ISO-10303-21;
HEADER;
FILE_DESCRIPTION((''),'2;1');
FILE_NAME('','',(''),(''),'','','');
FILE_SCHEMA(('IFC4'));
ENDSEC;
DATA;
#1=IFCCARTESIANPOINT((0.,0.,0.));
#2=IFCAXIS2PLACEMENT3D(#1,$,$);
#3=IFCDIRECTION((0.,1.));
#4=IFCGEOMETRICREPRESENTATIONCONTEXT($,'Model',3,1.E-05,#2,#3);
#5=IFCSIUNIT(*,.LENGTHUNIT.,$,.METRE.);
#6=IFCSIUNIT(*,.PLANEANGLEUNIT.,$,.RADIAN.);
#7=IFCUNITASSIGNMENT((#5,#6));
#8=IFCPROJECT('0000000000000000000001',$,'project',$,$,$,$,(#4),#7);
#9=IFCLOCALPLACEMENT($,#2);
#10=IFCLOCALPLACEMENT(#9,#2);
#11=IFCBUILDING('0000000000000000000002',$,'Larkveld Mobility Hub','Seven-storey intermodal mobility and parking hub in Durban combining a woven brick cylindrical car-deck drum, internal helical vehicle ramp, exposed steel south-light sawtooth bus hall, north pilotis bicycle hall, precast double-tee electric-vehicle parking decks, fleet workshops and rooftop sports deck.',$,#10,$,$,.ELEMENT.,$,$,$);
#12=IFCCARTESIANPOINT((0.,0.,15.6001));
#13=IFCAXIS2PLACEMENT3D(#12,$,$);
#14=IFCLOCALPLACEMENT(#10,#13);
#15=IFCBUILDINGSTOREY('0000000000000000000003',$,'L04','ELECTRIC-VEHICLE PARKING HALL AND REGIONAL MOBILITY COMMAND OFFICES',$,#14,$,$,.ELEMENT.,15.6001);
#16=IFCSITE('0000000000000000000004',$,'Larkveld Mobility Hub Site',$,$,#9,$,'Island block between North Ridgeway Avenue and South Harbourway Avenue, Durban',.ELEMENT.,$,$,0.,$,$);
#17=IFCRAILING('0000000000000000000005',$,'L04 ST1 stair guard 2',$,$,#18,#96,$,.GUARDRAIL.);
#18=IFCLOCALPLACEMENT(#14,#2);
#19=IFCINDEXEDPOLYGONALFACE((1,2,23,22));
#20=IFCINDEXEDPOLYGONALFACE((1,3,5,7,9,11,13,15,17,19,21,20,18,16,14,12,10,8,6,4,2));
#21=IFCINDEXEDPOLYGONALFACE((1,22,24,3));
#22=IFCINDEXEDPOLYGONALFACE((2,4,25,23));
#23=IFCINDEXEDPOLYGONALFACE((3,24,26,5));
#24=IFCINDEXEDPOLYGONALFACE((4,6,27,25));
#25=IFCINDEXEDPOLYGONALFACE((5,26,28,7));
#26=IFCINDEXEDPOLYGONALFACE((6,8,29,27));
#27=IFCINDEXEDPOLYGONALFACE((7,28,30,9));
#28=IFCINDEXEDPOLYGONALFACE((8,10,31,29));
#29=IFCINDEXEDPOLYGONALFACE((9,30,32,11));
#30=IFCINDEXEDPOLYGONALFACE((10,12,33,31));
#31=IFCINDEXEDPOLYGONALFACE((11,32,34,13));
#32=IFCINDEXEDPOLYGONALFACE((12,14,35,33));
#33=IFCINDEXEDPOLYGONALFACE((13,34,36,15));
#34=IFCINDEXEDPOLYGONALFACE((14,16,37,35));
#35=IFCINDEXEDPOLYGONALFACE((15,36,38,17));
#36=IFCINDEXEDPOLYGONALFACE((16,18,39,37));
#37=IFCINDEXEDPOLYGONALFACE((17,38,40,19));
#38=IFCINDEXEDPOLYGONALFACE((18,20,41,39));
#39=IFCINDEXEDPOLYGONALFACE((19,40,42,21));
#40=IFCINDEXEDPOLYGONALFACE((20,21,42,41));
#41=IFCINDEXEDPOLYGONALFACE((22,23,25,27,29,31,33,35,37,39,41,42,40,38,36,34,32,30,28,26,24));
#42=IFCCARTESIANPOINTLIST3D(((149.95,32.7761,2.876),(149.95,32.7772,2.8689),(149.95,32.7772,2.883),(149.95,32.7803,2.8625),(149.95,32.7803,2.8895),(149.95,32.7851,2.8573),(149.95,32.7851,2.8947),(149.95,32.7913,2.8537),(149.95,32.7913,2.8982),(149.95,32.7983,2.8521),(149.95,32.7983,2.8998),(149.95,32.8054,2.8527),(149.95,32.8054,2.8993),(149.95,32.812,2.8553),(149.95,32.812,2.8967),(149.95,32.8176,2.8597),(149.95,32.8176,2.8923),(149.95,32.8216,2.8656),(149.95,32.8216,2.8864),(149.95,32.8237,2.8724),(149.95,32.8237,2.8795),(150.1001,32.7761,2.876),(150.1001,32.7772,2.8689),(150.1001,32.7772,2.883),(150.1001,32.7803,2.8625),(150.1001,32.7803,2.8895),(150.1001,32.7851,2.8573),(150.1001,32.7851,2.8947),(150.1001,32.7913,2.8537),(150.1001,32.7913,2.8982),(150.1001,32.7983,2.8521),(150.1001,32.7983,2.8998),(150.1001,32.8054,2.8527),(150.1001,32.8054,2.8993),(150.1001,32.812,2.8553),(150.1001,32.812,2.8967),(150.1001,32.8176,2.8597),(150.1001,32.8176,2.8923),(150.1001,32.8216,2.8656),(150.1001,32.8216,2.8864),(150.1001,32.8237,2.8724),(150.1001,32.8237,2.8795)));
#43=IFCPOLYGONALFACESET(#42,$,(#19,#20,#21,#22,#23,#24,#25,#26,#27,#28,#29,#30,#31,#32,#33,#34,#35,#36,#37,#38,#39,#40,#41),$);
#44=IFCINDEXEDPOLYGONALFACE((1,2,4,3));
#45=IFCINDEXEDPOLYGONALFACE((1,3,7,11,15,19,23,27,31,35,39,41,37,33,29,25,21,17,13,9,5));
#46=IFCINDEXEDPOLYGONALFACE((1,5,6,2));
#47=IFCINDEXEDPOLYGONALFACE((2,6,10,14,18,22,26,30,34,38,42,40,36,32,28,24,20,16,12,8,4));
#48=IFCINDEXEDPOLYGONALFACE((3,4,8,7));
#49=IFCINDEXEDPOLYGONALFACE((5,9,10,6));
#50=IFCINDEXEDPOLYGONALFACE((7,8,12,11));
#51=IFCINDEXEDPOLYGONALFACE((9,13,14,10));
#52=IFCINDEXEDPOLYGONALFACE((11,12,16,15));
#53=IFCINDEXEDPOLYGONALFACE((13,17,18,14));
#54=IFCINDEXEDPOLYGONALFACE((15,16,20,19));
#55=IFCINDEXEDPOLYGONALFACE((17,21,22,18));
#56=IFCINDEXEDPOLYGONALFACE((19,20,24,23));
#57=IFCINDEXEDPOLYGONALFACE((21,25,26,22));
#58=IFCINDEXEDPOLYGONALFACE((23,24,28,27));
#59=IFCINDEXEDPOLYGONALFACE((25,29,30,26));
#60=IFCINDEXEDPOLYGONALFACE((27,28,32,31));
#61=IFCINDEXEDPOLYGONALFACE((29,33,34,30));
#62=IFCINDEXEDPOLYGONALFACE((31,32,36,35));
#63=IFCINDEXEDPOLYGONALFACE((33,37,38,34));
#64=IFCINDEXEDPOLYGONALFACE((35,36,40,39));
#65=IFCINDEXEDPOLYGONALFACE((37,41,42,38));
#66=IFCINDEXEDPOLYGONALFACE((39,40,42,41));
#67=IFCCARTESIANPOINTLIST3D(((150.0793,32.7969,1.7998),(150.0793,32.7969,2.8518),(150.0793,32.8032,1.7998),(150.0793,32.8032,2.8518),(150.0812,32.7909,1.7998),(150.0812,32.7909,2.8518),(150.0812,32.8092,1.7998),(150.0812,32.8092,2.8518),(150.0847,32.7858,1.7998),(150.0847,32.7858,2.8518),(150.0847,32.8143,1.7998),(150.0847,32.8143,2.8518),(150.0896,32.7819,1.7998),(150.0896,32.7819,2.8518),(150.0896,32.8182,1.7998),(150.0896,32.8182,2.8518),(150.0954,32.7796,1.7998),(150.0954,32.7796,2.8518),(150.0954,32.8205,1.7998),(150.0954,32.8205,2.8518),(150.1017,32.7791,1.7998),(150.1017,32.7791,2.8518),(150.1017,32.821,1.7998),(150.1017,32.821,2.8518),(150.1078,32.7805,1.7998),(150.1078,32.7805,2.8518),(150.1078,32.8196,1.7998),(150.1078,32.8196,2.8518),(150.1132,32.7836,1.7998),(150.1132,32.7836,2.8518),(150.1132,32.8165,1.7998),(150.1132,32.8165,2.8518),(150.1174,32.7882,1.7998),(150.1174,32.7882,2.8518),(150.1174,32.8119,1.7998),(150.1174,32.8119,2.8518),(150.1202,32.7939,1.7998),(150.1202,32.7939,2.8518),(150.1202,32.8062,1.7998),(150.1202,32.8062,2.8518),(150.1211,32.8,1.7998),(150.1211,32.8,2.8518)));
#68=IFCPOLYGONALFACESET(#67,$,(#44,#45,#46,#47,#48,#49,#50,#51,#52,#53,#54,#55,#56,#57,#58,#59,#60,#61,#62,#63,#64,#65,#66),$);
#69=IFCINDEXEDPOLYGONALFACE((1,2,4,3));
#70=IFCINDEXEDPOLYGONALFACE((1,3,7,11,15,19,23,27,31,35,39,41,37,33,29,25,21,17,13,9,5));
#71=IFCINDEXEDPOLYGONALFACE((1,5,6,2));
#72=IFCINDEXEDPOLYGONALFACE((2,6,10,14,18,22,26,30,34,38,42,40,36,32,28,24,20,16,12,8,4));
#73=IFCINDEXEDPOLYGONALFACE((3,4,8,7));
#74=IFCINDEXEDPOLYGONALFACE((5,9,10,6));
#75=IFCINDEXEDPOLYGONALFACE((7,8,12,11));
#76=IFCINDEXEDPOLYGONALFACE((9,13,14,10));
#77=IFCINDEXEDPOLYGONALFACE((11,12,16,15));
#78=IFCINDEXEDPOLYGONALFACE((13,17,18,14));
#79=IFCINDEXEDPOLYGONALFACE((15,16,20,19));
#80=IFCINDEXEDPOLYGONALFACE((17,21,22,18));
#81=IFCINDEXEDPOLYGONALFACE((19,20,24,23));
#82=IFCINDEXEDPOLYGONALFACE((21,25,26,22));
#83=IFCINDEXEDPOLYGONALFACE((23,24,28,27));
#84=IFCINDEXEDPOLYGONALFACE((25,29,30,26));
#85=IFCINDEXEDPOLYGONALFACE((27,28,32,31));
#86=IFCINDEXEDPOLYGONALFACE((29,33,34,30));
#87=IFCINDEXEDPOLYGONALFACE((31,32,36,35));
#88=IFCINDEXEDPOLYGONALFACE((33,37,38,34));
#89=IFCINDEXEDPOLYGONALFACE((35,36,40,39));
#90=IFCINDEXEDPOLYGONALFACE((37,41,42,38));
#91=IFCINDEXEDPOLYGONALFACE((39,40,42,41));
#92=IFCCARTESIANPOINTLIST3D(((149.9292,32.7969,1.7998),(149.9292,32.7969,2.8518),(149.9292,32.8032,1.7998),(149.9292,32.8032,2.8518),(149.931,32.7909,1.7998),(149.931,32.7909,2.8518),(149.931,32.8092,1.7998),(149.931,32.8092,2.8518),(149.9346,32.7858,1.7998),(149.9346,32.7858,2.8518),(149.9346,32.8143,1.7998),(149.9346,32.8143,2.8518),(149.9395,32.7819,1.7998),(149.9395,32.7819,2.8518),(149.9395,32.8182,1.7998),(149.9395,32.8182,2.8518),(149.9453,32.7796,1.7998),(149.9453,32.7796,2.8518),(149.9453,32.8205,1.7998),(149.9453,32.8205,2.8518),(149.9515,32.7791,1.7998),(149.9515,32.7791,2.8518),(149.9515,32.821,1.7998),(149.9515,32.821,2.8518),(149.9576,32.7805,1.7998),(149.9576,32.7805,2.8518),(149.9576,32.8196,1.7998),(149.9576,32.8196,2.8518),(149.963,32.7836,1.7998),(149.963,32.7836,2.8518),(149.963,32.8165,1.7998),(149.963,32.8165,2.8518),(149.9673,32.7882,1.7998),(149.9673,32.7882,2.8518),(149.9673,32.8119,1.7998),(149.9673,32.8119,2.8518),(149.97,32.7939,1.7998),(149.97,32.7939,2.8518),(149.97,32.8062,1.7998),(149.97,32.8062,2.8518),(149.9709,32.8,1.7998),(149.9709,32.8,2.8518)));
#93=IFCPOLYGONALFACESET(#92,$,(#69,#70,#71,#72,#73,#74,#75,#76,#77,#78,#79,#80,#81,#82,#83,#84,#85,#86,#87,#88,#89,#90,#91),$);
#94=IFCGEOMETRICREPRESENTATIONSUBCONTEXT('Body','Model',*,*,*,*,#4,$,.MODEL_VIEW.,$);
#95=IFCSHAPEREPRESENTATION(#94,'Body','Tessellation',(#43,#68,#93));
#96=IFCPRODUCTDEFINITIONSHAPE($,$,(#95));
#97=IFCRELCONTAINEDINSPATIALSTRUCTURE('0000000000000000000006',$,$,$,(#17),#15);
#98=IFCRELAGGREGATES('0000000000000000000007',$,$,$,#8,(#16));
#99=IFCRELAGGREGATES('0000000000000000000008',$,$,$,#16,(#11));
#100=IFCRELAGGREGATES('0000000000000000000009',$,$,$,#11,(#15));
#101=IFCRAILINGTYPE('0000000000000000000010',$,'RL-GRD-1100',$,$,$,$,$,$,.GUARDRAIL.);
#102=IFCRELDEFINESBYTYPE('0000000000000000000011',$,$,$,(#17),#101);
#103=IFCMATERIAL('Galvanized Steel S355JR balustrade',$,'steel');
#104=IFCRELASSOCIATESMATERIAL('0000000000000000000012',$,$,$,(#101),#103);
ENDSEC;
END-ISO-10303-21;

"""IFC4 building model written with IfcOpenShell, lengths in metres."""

from ifc_helpers import new_model, si_unit, direction, frame, origin, origin_2d, place, context, subcontext, project, spatial, circle, extrude, material, type_object, element, save


model = new_model("IFC4")

# Units and contexts
model_context = context("Model", 3, precision=1e-05, world=origin(), true_north=direction((0.0, 1.0)))
body_context = subcontext(model_context, "Body", "Model", "MODEL_VIEW")
ifc_project = project(units=[si_unit("LENGTHUNIT", "METRE"), si_unit("PLANEANGLEUNIT", "RADIAN")], contexts=[model_context])

# Site, building, storey
site_placement = place(None, origin())
site = spatial("IfcSite", under=ifc_project, at=site_placement, Name="Larkveld Mobility Hub Site", LongName="Island block between North Ridgeway Avenue and South Harbourway Avenue, Durban", CompositionType="ELEMENT", RefElevation=0.0)
building_placement = place(site_placement, origin())
building = spatial("IfcBuilding", under=site, at=building_placement, Name="Larkveld Mobility Hub", Description="Seven-storey intermodal mobility and parking hub in Durban combining a woven brick cylindrical car-deck drum, internal helical vehicle ramp, exposed steel south-light sawtooth bus hall, north pilotis bicycle hall, precast double-tee electric-vehicle parking decks, fleet workshops and rooftop sports deck.", CompositionType="ELEMENT")
storey_placement = place(building_placement, frame((0.0, 0.0, 15.6001)))
storey = spatial("IfcBuildingStorey", under=building, at=storey_placement, Name="L04", Description="ELECTRIC-VEHICLE PARKING HALL AND REGIONAL MOBILITY COMMAND OFFICES", CompositionType="ELEMENT", Elevation=15.6001)

# Railing
ifc_material_1 = material(Name="Galvanized Steel S355JR balustrade", Category="steel")
railing_type_1 = type_object("IfcRailingType", Name="RL-GRD-1100", PredefinedType="GUARDRAIL", material=ifc_material_1)
railing_1_placement = place(storey_placement, frame((150.1001, 32.8, 1.7998)))
element("IfcRailing", 1, at=railing_1_placement, inside=storey, type_object=railing_type_1, Name="L04 ST1 stair guard 2", PredefinedType="GUARDRAIL", context=body_context, shape_type="SweptSolid", body=[
    extrude(circle(Radius=0.0239, at=origin_2d()), frame((0.0, 0.0, 1.0762), z_axis=(-1.0, 0.0, 0.0), x_axis=(0.0, -1.0, 0.0)), (0.0, 0.0, 1.0), 0.1501),
    extrude(circle(Radius=0.021, at=origin_2d()), origin(), (0.0, 0.0, 1.0), 1.052),
    extrude(circle(Radius=0.021, at=origin_2d()), frame((-0.1501, 0.0, 0.0)), (0.0, 0.0, 1.0), 1.052),
])

save(model, "model.ifc")
